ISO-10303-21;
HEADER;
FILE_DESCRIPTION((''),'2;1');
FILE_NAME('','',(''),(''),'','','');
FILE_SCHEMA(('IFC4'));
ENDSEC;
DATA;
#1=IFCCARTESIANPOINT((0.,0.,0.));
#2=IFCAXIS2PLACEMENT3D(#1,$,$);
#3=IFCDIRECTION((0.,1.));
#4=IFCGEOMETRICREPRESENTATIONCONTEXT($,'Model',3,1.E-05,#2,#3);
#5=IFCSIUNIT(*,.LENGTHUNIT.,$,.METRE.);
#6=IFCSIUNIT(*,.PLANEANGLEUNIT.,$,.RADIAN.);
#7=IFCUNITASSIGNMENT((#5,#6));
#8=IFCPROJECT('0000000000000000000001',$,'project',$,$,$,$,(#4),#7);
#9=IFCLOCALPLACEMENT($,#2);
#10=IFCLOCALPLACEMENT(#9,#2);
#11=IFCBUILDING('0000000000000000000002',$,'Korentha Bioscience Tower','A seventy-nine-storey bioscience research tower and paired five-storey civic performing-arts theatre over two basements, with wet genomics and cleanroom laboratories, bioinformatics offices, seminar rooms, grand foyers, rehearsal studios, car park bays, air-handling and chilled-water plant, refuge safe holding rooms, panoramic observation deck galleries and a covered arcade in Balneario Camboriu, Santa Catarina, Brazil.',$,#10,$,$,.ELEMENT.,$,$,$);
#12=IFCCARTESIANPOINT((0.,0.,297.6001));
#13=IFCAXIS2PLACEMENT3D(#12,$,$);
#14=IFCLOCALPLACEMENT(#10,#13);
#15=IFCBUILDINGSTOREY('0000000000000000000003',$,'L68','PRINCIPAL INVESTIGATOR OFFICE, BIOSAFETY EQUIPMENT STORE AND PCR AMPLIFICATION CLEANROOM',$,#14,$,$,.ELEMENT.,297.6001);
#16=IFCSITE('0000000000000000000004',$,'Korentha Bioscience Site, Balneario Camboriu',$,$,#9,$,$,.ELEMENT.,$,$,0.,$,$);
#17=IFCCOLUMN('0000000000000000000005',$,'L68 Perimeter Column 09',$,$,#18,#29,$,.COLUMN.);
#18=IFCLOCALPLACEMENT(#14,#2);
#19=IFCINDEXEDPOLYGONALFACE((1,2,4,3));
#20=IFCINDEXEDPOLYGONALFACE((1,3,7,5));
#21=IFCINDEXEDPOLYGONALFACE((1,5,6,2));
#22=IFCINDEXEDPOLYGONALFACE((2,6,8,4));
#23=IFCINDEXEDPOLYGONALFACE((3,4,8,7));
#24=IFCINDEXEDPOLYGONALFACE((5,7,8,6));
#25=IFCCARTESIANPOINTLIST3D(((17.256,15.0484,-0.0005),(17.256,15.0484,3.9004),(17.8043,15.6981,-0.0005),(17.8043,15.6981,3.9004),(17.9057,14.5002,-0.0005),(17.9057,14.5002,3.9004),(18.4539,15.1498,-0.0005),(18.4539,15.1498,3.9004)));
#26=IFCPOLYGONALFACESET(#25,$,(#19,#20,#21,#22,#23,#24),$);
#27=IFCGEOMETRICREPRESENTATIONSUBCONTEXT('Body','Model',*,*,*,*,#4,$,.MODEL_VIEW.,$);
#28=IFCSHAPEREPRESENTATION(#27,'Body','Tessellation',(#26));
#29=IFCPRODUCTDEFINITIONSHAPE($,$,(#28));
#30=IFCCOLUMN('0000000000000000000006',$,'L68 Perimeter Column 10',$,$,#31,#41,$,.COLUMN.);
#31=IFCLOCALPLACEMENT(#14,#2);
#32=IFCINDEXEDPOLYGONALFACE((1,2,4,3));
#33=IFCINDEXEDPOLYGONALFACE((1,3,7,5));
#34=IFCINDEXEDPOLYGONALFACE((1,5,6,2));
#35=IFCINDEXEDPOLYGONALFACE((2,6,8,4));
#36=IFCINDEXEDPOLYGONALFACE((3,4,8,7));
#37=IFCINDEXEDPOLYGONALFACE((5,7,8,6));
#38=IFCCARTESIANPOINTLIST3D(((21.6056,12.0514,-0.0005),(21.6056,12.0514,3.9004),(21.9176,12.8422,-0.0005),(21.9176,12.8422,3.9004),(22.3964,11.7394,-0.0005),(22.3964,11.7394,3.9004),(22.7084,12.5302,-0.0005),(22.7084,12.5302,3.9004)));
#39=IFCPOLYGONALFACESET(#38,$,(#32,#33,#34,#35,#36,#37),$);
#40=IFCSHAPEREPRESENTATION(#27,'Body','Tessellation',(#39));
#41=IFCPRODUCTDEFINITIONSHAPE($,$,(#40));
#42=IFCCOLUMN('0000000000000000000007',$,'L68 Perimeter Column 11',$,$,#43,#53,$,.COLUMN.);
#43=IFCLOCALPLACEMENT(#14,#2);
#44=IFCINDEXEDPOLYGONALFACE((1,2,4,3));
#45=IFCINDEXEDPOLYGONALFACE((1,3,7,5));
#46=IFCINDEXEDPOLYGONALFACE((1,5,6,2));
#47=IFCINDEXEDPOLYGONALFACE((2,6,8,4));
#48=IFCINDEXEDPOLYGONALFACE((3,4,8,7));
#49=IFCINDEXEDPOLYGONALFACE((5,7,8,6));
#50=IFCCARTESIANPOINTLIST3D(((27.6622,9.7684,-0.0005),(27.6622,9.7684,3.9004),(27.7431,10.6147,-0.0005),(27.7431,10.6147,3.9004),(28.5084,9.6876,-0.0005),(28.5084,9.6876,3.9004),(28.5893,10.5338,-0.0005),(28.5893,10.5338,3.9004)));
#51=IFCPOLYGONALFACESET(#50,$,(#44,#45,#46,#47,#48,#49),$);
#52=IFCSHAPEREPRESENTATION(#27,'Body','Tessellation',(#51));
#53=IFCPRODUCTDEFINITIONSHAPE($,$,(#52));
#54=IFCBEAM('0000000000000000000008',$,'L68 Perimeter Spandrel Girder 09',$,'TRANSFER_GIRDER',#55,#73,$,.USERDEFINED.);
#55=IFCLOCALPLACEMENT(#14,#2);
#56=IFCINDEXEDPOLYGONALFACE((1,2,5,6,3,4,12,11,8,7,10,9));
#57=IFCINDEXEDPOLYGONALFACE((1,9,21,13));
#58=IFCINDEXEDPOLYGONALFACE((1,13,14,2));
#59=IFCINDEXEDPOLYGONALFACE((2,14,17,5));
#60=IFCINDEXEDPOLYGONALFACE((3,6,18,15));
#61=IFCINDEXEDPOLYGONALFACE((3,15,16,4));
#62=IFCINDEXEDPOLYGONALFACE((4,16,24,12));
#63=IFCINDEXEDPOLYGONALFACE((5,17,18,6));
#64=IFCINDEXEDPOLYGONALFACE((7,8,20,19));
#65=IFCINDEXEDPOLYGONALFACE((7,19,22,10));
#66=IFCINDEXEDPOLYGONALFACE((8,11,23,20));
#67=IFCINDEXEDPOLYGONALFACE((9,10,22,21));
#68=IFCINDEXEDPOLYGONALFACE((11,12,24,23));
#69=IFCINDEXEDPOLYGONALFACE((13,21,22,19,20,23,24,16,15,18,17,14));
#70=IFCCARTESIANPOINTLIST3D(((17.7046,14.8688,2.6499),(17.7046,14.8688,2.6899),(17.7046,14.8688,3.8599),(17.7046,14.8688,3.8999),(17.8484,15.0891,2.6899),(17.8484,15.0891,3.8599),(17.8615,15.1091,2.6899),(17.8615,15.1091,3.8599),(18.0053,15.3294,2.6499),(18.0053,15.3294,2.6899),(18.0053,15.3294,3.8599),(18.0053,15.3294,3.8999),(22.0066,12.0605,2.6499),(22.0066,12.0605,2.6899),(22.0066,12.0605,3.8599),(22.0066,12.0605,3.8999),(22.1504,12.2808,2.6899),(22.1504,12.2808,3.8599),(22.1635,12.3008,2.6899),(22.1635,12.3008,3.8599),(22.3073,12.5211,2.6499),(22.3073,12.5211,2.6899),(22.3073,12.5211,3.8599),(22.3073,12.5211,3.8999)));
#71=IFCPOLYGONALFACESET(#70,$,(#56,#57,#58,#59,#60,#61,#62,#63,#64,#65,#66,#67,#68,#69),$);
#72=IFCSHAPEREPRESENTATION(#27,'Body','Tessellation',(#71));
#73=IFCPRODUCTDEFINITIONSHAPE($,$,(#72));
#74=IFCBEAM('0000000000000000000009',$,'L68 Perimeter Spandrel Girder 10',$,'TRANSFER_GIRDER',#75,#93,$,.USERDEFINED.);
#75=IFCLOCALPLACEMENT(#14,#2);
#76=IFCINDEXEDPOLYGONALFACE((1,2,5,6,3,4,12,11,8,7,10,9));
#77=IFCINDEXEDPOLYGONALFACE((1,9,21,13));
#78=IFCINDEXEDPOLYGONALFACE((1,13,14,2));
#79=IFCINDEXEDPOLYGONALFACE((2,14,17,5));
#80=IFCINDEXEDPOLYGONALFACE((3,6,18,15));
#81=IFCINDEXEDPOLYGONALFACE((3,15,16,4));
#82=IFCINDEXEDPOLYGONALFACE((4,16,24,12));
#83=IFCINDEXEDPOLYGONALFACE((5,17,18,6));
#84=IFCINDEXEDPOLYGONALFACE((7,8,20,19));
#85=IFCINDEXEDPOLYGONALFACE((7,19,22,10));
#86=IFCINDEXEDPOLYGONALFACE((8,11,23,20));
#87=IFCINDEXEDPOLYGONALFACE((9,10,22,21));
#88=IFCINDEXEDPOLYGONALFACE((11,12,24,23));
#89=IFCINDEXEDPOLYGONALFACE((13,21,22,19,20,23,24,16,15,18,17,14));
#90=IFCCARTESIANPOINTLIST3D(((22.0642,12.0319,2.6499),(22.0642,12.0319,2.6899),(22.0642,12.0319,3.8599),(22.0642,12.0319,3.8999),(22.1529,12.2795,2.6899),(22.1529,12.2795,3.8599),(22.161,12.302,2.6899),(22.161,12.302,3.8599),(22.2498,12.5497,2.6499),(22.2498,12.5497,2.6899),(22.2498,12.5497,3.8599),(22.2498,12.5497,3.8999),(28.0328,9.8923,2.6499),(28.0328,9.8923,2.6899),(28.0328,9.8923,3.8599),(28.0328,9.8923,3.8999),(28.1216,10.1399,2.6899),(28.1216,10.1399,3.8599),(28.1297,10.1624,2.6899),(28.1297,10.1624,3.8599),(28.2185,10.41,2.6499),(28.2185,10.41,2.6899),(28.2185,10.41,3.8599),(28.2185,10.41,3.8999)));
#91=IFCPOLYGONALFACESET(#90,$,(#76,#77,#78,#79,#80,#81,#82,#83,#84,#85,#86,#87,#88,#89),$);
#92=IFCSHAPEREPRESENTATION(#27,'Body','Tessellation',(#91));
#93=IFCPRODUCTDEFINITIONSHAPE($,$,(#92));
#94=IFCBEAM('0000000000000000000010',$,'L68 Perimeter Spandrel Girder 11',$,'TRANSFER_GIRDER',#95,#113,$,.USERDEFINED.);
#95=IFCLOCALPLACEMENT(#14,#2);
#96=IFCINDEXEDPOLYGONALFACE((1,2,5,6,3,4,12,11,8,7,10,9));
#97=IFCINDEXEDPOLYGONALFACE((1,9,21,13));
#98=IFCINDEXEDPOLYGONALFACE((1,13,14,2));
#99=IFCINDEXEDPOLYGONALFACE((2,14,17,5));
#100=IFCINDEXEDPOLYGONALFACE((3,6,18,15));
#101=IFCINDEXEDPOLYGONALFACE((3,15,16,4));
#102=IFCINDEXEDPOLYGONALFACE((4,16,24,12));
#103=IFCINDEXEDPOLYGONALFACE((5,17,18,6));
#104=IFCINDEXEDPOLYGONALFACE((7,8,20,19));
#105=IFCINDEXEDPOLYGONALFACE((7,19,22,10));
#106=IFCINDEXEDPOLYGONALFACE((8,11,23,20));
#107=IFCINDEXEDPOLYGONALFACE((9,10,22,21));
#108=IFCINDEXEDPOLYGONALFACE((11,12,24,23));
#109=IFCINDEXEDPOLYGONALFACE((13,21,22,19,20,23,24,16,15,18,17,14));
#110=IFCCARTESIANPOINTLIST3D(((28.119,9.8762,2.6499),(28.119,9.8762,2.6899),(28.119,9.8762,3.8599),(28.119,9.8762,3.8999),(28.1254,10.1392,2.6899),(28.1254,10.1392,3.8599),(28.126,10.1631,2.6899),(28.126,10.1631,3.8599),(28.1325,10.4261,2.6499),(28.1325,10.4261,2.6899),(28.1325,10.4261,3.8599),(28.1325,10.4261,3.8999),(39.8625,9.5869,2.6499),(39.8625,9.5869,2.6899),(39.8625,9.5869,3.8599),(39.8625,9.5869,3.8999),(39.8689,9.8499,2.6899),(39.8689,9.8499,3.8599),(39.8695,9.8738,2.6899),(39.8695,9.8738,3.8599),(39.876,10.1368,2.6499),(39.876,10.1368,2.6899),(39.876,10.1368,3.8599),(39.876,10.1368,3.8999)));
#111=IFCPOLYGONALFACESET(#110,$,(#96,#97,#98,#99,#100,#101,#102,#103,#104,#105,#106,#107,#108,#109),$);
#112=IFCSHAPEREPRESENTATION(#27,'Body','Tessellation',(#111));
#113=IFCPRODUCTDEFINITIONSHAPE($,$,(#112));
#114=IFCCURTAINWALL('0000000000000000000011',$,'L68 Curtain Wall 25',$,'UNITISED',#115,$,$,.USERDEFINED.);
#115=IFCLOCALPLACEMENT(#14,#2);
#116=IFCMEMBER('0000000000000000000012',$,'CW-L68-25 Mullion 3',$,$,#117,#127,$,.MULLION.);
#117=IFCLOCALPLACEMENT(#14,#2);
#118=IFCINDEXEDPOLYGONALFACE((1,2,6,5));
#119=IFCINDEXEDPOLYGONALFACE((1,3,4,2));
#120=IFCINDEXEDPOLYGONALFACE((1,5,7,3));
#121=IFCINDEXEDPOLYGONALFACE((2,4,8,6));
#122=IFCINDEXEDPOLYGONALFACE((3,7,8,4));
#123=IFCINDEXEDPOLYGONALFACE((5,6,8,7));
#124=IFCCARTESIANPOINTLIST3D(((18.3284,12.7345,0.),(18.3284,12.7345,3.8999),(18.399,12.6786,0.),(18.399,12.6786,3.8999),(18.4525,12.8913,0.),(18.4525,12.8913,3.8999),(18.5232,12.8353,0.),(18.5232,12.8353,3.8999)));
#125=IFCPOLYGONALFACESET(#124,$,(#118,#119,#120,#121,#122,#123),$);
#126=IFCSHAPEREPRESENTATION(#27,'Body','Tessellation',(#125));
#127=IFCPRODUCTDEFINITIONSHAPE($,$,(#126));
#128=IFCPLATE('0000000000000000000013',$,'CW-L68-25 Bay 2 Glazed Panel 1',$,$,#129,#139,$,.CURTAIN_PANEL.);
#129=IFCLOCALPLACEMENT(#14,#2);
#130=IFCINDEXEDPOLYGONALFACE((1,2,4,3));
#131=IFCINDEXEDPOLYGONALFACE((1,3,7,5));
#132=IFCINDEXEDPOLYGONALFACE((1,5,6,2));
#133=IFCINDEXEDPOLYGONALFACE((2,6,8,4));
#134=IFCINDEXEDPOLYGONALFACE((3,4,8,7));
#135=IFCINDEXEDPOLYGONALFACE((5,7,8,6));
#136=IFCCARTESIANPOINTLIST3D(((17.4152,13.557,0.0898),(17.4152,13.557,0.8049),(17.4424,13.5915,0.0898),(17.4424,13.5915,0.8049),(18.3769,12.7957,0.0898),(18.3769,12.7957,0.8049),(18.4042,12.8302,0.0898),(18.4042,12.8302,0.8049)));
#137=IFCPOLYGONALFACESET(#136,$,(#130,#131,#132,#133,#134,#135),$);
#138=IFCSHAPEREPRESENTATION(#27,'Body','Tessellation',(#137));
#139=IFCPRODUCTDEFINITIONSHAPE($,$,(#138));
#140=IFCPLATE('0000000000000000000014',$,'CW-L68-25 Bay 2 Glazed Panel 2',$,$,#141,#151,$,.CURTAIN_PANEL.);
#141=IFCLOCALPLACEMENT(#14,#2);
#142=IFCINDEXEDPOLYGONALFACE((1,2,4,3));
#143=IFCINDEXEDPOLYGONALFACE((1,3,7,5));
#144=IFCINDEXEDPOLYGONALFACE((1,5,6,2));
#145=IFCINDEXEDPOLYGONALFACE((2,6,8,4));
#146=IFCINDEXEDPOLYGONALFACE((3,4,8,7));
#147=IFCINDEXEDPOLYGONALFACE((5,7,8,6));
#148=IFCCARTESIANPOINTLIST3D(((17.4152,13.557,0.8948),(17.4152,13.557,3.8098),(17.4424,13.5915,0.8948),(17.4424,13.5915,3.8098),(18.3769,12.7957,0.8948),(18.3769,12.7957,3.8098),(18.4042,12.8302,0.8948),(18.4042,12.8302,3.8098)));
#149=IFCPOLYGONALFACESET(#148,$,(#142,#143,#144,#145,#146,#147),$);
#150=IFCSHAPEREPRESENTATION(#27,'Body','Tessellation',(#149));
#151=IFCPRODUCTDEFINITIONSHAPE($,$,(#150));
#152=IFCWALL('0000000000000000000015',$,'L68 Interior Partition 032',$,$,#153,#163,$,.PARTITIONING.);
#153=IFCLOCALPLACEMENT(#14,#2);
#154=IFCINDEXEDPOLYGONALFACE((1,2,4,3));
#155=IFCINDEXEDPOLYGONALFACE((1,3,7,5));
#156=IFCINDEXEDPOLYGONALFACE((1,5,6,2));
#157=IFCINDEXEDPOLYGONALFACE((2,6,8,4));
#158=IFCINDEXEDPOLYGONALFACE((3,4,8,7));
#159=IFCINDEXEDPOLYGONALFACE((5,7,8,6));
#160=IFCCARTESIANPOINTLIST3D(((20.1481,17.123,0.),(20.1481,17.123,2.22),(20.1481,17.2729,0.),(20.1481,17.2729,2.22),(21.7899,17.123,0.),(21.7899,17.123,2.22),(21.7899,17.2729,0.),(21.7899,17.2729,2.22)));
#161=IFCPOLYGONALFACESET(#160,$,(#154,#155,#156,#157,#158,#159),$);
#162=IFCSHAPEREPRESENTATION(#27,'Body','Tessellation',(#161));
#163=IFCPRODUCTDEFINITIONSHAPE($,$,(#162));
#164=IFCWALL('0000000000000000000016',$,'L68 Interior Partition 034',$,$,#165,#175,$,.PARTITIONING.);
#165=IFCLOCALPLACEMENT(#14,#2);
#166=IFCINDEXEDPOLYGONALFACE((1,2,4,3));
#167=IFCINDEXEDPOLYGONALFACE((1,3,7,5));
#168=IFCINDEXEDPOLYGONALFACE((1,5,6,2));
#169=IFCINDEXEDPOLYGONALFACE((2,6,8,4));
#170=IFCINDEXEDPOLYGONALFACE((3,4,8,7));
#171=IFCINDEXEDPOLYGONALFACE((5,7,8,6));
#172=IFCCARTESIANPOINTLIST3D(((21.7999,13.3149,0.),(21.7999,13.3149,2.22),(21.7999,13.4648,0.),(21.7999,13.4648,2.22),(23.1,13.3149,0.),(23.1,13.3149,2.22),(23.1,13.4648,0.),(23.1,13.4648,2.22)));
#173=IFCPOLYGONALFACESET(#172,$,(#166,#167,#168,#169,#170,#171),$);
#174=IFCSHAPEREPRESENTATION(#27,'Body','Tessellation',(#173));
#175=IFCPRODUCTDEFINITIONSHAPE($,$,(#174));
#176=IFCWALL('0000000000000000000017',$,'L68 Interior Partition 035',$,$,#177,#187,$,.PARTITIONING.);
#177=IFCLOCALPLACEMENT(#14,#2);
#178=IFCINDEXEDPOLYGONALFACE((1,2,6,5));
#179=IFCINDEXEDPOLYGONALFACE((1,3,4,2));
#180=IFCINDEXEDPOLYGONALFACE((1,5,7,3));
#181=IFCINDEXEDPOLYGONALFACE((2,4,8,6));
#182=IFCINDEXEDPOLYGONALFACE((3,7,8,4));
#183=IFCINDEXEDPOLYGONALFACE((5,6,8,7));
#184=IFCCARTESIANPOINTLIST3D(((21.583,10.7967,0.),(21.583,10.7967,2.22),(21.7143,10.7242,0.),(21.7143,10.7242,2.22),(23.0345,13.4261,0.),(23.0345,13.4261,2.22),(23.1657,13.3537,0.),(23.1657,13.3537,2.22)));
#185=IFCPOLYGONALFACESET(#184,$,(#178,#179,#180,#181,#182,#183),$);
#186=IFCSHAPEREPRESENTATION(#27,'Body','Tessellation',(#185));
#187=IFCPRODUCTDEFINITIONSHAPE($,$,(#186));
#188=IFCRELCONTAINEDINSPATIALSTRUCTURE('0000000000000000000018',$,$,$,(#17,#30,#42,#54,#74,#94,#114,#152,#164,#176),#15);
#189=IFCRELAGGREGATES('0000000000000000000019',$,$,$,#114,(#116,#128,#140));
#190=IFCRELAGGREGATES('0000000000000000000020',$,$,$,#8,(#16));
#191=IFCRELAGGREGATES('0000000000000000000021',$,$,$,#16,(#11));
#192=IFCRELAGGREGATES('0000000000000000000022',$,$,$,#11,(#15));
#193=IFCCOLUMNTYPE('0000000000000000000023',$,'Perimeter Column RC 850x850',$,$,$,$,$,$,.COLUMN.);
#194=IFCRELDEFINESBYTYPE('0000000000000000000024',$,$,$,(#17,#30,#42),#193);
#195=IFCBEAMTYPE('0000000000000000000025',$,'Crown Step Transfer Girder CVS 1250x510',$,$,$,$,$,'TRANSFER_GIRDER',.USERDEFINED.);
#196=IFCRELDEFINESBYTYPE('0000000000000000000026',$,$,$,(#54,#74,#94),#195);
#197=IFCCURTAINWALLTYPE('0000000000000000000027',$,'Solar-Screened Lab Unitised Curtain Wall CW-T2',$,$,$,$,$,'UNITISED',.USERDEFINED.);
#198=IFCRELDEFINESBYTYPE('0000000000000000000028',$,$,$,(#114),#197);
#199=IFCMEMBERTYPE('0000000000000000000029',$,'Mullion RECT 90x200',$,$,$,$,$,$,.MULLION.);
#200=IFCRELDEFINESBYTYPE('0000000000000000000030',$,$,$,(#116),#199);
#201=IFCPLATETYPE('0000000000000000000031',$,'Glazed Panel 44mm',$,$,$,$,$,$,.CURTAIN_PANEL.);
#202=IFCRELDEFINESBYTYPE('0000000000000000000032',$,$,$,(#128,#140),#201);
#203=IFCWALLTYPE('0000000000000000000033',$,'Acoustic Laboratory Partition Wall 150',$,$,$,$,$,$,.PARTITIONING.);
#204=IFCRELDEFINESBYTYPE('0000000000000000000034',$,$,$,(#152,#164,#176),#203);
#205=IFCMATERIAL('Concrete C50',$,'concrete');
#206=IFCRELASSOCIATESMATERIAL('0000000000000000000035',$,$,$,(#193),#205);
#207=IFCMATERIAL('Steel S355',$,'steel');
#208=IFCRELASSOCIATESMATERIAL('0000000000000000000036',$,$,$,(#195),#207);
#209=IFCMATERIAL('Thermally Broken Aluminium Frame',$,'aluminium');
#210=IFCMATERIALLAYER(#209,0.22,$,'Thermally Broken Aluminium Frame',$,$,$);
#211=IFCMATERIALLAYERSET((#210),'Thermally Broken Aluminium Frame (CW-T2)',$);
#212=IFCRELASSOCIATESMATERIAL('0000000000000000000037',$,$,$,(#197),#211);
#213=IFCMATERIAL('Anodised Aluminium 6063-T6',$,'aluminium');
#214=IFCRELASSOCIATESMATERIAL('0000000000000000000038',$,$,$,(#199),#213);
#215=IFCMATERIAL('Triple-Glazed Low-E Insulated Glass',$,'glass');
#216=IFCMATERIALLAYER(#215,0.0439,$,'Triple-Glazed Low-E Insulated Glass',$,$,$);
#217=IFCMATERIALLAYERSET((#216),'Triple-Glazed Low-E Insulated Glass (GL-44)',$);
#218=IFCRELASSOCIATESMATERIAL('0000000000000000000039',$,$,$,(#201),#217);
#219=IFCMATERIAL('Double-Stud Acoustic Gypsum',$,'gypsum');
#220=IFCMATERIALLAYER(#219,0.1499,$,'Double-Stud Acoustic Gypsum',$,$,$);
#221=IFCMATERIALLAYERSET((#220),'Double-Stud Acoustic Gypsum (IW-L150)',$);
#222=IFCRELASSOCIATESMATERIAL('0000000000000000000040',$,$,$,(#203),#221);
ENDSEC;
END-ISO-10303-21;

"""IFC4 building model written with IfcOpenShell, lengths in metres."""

from ifc_helpers import new_model, si_unit, direction, frame, frame_2d, origin, origin_2d, place, context, subcontext, project, spatial, rectangle, i_section, extrude, material, layer, layer_set, material_profile, profile_set, type_object, element, aggregate, save


model = new_model("IFC4")

# Units and contexts
model_context = context("Model", 3, precision=1e-05, world=origin(), true_north=direction((0.0, 1.0)))
body_context = subcontext(model_context, "Body", "Model", "MODEL_VIEW")
ifc_project = project(units=[si_unit("LENGTHUNIT", "METRE"), si_unit("PLANEANGLEUNIT", "RADIAN")], contexts=[model_context])

# Site, building, storey
site_placement = place(None, origin())
site = spatial("IfcSite", under=ifc_project, at=site_placement, Name="Korentha Bioscience Site, Balneario Camboriu", CompositionType="ELEMENT", RefElevation=0.0)
building_placement = place(site_placement, origin())
building = spatial("IfcBuilding", under=site, at=building_placement, Name="Korentha Bioscience Tower", Description="A seventy-nine-storey bioscience research tower and paired five-storey civic performing-arts theatre over two basements, with wet genomics and cleanroom laboratories, bioinformatics offices, seminar rooms, grand foyers, rehearsal studios, car park bays, air-handling and chilled-water plant, refuge safe holding rooms, panoramic observation deck galleries and a covered arcade in Balneario Camboriu, Santa Catarina, Brazil.", CompositionType="ELEMENT")
storey_placement = place(building_placement, frame((0.0, 0.0, 297.6001)))
storey = spatial("IfcBuildingStorey", under=building, at=storey_placement, Name="L68", Description="PRINCIPAL INVESTIGATOR OFFICE, BIOSAFETY EQUIPMENT STORE AND PCR AMPLIFICATION CLEANROOM", CompositionType="ELEMENT", Elevation=297.6001)

# Columns
ifc_material_1 = material(Name="Concrete C50", Category="concrete")
ifc_material_profile_1 = material_profile(ifc_material_1, rectangle(XDim=0.8501, YDim=0.8501, at=origin_2d()), Name="Concrete C50")
ifc_profile_set_1 = profile_set([ifc_material_profile_1], Name="Concrete C50 (COL-P08)")
column_type = type_object("IfcColumnType", Name="Perimeter Column RC 850x850", PredefinedType="COLUMN", material=ifc_profile_set_1)
for number, where, z_axis, x_axis, name in (
    (1, (17.855, 15.0991, -0.0005), (0.0, 0.0, 1.0), (-0.764246, 0.644924, 0.0), "L68 Perimeter Column 09"),
    (2, (22.157, 12.2908, -0.0005), (0.0, 0.0, 1.0), (-0.930226, 0.366988, 0.0), "L68 Perimeter Column 10"),
    (3, (28.1257, 10.1511, -0.0005), (0.0, 0.0, 1.0), (-0.995463, 0.095151, 0.0), "L68 Perimeter Column 11"),
):
    element("IfcColumn", number, at=place(storey_placement, frame(where, z_axis=z_axis, x_axis=x_axis)), inside=storey, type_object=column_type, Name=name, PredefinedType="COLUMN", context=body_context, shape_type="SweptSolid", body=[
        extrude(rectangle(XDim=0.8501, YDim=0.8501, at=origin_2d()), origin(), (0.0, 0.0, 1.0), 3.9009),
    ])

# Beams
ifc_material_2 = material(Name="Steel S355", Category="steel")
ifc_material_profile_2 = material_profile(ifc_material_2, i_section(OverallWidth=0.55, OverallDepth=1.25, WebThickness=0.0239, FlangeThickness=0.04, at=origin_2d()), Name="Steel S355")
ifc_profile_set_2 = profile_set([ifc_material_profile_2], Name="Steel S355 (TG-03)")
beam_type = type_object("IfcBeamType", Name="Crown Step Transfer Girder CVS 1250x510", ElementType="TRANSFER_GIRDER", PredefinedType="USERDEFINED", material=ifc_profile_set_2)
beam_1_placement = place(storey_placement, frame((17.855, 15.0991, 3.2749), z_axis=(0.83737, -0.546636, 0.0), x_axis=(0.546636, 0.83737, 0.0)))
element("IfcBeam", 4, at=beam_1_placement, inside=storey, type_object=beam_type, Name="L68 Perimeter Spandrel Girder 09", ObjectType="TRANSFER_GIRDER", PredefinedType="USERDEFINED", context=body_context, shape_type="SweptSolid", body=[
    extrude(i_section(OverallWidth=0.55, OverallDepth=1.25, WebThickness=0.0239, FlangeThickness=0.04, at=origin_2d()), origin(), (0.0, 0.0, 1.0), 5.1375),
])
beam_2_placement = place(storey_placement, frame((22.157, 12.2908, 3.2749), z_axis=(0.941344, -0.337448, 0.0), x_axis=(0.337448, 0.941344, 0.0)))
element("IfcBeam", 5, at=beam_2_placement, inside=storey, type_object=beam_type, Name="L68 Perimeter Spandrel Girder 10", ObjectType="TRANSFER_GIRDER", PredefinedType="USERDEFINED", context=body_context, shape_type="SweptSolid", body=[
    extrude(i_section(OverallWidth=0.55, OverallDepth=1.25, WebThickness=0.0239, FlangeThickness=0.04, at=origin_2d()), origin(), (0.0, 0.0, 1.0), 6.3406),
])
beam_3_placement = place(storey_placement, frame((28.1257, 10.1511, 3.2749), z_axis=(0.999697, -0.024628, 0.0), x_axis=(0.024628, 0.999697, 0.0)))
element("IfcBeam", 6, at=beam_3_placement, inside=storey, type_object=beam_type, Name="L68 Perimeter Spandrel Girder 11", ObjectType="TRANSFER_GIRDER", PredefinedType="USERDEFINED", context=body_context, shape_type="SweptSolid", body=[
    extrude(i_section(OverallWidth=0.55, OverallDepth=1.25, WebThickness=0.0239, FlangeThickness=0.04, at=origin_2d()), origin(), (0.0, 0.0, 1.0), 11.7471),
])

# Curtain wall, member, plates
ifc_material_3 = material(Name="Thermally Broken Aluminium Frame", Category="aluminium")
ifc_layer_1 = layer(ifc_material_3, 0.22, Name="Thermally Broken Aluminium Frame")
ifc_layer_set_1 = layer_set([ifc_layer_1], Name="Thermally Broken Aluminium Frame (CW-T2)")
curtain_wall_type = type_object("IfcCurtainWallType", Name="Solar-Screened Lab Unitised Curtain Wall CW-T2", ElementType="UNITISED", PredefinedType="USERDEFINED", material=ifc_layer_set_1)
curtain_wall_placement = place(storey_placement, origin())
curtain_wall = element("IfcCurtainWall", 7, at=curtain_wall_placement, inside=storey, type_object=curtain_wall_type, Name="L68 Curtain Wall 25", ObjectType="UNITISED", PredefinedType="USERDEFINED")
ifc_material_4 = material(Name="Anodised Aluminium 6063-T6", Category="aluminium")
ifc_material_profile_3 = material_profile(ifc_material_4, rectangle(XDim=0.0901, YDim=0.2, at=origin_2d()), Name="Anodised Aluminium 6063-T6")
ifc_profile_set_3 = profile_set([ifc_material_profile_3], Name="Anodised Aluminium 6063-T6 (CW-MUL)")
member_type = type_object("IfcMemberType", Name="Mullion RECT 90x200", PredefinedType="MULLION", material=ifc_profile_set_3)
member_placement = place(storey_placement, frame((18.4258, 12.7849, 0.0), z_axis=(0.0, 0.0, 1.0), x_axis=(0.784076, -0.620665, 0.0)))
member = element("IfcMember", 8, at=member_placement, type_object=member_type, Name="CW-L68-25 Mullion 3", PredefinedType="MULLION", context=body_context, shape_type="SweptSolid", body=[
    extrude(rectangle(XDim=0.0901, YDim=0.2, at=origin_2d()), origin(), (0.0, 0.0, 1.0), 3.8999),
])
ifc_material_5 = material(Name="Triple-Glazed Low-E Insulated Glass", Category="glass")
ifc_layer_2 = layer(ifc_material_5, 0.0439, Name="Triple-Glazed Low-E Insulated Glass")
ifc_layer_set_2 = layer_set([ifc_layer_2], Name="Triple-Glazed Low-E Insulated Glass (GL-44)")
plate_type = type_object("IfcPlateType", Name="Glazed Panel 44mm", PredefinedType="CURTAIN_PANEL", material=ifc_layer_set_2)
plate_1_placement = place(storey_placement, frame((17.9097, 13.1936, 0.0898), z_axis=(0.0, 0.0, 1.0), x_axis=(0.784076, -0.620665, 0.0)))
plate_1 = element("IfcPlate", 9, at=plate_1_placement, type_object=plate_type, Name="CW-L68-25 Bay 2 Glazed Panel 1", PredefinedType="CURTAIN_PANEL", context=body_context, shape_type="SweptSolid", body=[
    extrude(rectangle(XDim=1.2266, YDim=0.0439, at=origin_2d()), origin(), (0.0, 0.0, 1.0), 0.7151),
])
plate_2_placement = place(storey_placement, frame((17.9097, 13.1936, 0.8948), z_axis=(0.0, 0.0, 1.0), x_axis=(0.784076, -0.620665, 0.0)))
plate_2 = element("IfcPlate", 10, at=plate_2_placement, type_object=plate_type, Name="CW-L68-25 Bay 2 Glazed Panel 2", PredefinedType="CURTAIN_PANEL", context=body_context, shape_type="SweptSolid", body=[
    extrude(rectangle(XDim=1.2266, YDim=0.0439, at=origin_2d()), origin(), (0.0, 0.0, 1.0), 2.915),
])
aggregate(curtain_wall, [member, plate_1, plate_2])

# Walls
ifc_material_6 = material(Name="Double-Stud Acoustic Gypsum", Category="gypsum")
ifc_layer_3 = layer(ifc_material_6, 0.1499, Name="Double-Stud Acoustic Gypsum")
ifc_layer_set_3 = layer_set([ifc_layer_3], Name="Double-Stud Acoustic Gypsum (IW-L150)")
wall_type_1 = type_object("IfcWallType", Name="Acoustic Laboratory Partition Wall 150", PredefinedType="PARTITIONING", material=ifc_layer_set_3)
wall_1_placement = place(storey_placement, frame((20.1482, 17.198, 0.0), z_axis=(0.0, 0.0, 1.0), x_axis=(1.0, 0.0, 0.0)))
element("IfcWall", 11, at=wall_1_placement, inside=storey, type_object=wall_type_1, Name="L68 Interior Partition 032", PredefinedType="PARTITIONING", context=body_context, shape_type="SweptSolid", body=[
    extrude(rectangle(XDim=1.6418, YDim=0.1499, at=frame_2d((0.8208, 0.0))), origin(), (0.0, 0.0, 1.0), 2.22),
])
wall_2_placement = place(storey_placement, frame((21.8, 13.3899, 0.0), z_axis=(0.0, 0.0, 1.0), x_axis=(1.0, 0.0, 0.0)))
element("IfcWall", 12, at=wall_2_placement, inside=storey, type_object=wall_type_1, Name="L68 Interior Partition 034", PredefinedType="PARTITIONING", context=body_context, shape_type="SweptSolid", body=[
    extrude(rectangle(XDim=1.3, YDim=0.1499, at=frame_2d((0.6499, 0.0))), origin(), (0.0, 0.0, 1.0), 2.22),
])
wall_3_placement = place(storey_placement, frame((23.1001, 13.3899, 0.0), z_axis=(0.0, 0.0, 1.0), x_axis=(-0.48326, -0.875477, 0.0)))
element("IfcWall", 13, at=wall_3_placement, inside=storey, type_object=wall_type_1, Name="L68 Interior Partition 035", PredefinedType="PARTITIONING", context=body_context, shape_type="SweptSolid", body=[
    extrude(rectangle(XDim=3.0034, YDim=0.1499, at=frame_2d((1.5017, 0.0))), origin(), (0.0, 0.0, 1.0), 2.22),
])

save(model, "model.ifc")
